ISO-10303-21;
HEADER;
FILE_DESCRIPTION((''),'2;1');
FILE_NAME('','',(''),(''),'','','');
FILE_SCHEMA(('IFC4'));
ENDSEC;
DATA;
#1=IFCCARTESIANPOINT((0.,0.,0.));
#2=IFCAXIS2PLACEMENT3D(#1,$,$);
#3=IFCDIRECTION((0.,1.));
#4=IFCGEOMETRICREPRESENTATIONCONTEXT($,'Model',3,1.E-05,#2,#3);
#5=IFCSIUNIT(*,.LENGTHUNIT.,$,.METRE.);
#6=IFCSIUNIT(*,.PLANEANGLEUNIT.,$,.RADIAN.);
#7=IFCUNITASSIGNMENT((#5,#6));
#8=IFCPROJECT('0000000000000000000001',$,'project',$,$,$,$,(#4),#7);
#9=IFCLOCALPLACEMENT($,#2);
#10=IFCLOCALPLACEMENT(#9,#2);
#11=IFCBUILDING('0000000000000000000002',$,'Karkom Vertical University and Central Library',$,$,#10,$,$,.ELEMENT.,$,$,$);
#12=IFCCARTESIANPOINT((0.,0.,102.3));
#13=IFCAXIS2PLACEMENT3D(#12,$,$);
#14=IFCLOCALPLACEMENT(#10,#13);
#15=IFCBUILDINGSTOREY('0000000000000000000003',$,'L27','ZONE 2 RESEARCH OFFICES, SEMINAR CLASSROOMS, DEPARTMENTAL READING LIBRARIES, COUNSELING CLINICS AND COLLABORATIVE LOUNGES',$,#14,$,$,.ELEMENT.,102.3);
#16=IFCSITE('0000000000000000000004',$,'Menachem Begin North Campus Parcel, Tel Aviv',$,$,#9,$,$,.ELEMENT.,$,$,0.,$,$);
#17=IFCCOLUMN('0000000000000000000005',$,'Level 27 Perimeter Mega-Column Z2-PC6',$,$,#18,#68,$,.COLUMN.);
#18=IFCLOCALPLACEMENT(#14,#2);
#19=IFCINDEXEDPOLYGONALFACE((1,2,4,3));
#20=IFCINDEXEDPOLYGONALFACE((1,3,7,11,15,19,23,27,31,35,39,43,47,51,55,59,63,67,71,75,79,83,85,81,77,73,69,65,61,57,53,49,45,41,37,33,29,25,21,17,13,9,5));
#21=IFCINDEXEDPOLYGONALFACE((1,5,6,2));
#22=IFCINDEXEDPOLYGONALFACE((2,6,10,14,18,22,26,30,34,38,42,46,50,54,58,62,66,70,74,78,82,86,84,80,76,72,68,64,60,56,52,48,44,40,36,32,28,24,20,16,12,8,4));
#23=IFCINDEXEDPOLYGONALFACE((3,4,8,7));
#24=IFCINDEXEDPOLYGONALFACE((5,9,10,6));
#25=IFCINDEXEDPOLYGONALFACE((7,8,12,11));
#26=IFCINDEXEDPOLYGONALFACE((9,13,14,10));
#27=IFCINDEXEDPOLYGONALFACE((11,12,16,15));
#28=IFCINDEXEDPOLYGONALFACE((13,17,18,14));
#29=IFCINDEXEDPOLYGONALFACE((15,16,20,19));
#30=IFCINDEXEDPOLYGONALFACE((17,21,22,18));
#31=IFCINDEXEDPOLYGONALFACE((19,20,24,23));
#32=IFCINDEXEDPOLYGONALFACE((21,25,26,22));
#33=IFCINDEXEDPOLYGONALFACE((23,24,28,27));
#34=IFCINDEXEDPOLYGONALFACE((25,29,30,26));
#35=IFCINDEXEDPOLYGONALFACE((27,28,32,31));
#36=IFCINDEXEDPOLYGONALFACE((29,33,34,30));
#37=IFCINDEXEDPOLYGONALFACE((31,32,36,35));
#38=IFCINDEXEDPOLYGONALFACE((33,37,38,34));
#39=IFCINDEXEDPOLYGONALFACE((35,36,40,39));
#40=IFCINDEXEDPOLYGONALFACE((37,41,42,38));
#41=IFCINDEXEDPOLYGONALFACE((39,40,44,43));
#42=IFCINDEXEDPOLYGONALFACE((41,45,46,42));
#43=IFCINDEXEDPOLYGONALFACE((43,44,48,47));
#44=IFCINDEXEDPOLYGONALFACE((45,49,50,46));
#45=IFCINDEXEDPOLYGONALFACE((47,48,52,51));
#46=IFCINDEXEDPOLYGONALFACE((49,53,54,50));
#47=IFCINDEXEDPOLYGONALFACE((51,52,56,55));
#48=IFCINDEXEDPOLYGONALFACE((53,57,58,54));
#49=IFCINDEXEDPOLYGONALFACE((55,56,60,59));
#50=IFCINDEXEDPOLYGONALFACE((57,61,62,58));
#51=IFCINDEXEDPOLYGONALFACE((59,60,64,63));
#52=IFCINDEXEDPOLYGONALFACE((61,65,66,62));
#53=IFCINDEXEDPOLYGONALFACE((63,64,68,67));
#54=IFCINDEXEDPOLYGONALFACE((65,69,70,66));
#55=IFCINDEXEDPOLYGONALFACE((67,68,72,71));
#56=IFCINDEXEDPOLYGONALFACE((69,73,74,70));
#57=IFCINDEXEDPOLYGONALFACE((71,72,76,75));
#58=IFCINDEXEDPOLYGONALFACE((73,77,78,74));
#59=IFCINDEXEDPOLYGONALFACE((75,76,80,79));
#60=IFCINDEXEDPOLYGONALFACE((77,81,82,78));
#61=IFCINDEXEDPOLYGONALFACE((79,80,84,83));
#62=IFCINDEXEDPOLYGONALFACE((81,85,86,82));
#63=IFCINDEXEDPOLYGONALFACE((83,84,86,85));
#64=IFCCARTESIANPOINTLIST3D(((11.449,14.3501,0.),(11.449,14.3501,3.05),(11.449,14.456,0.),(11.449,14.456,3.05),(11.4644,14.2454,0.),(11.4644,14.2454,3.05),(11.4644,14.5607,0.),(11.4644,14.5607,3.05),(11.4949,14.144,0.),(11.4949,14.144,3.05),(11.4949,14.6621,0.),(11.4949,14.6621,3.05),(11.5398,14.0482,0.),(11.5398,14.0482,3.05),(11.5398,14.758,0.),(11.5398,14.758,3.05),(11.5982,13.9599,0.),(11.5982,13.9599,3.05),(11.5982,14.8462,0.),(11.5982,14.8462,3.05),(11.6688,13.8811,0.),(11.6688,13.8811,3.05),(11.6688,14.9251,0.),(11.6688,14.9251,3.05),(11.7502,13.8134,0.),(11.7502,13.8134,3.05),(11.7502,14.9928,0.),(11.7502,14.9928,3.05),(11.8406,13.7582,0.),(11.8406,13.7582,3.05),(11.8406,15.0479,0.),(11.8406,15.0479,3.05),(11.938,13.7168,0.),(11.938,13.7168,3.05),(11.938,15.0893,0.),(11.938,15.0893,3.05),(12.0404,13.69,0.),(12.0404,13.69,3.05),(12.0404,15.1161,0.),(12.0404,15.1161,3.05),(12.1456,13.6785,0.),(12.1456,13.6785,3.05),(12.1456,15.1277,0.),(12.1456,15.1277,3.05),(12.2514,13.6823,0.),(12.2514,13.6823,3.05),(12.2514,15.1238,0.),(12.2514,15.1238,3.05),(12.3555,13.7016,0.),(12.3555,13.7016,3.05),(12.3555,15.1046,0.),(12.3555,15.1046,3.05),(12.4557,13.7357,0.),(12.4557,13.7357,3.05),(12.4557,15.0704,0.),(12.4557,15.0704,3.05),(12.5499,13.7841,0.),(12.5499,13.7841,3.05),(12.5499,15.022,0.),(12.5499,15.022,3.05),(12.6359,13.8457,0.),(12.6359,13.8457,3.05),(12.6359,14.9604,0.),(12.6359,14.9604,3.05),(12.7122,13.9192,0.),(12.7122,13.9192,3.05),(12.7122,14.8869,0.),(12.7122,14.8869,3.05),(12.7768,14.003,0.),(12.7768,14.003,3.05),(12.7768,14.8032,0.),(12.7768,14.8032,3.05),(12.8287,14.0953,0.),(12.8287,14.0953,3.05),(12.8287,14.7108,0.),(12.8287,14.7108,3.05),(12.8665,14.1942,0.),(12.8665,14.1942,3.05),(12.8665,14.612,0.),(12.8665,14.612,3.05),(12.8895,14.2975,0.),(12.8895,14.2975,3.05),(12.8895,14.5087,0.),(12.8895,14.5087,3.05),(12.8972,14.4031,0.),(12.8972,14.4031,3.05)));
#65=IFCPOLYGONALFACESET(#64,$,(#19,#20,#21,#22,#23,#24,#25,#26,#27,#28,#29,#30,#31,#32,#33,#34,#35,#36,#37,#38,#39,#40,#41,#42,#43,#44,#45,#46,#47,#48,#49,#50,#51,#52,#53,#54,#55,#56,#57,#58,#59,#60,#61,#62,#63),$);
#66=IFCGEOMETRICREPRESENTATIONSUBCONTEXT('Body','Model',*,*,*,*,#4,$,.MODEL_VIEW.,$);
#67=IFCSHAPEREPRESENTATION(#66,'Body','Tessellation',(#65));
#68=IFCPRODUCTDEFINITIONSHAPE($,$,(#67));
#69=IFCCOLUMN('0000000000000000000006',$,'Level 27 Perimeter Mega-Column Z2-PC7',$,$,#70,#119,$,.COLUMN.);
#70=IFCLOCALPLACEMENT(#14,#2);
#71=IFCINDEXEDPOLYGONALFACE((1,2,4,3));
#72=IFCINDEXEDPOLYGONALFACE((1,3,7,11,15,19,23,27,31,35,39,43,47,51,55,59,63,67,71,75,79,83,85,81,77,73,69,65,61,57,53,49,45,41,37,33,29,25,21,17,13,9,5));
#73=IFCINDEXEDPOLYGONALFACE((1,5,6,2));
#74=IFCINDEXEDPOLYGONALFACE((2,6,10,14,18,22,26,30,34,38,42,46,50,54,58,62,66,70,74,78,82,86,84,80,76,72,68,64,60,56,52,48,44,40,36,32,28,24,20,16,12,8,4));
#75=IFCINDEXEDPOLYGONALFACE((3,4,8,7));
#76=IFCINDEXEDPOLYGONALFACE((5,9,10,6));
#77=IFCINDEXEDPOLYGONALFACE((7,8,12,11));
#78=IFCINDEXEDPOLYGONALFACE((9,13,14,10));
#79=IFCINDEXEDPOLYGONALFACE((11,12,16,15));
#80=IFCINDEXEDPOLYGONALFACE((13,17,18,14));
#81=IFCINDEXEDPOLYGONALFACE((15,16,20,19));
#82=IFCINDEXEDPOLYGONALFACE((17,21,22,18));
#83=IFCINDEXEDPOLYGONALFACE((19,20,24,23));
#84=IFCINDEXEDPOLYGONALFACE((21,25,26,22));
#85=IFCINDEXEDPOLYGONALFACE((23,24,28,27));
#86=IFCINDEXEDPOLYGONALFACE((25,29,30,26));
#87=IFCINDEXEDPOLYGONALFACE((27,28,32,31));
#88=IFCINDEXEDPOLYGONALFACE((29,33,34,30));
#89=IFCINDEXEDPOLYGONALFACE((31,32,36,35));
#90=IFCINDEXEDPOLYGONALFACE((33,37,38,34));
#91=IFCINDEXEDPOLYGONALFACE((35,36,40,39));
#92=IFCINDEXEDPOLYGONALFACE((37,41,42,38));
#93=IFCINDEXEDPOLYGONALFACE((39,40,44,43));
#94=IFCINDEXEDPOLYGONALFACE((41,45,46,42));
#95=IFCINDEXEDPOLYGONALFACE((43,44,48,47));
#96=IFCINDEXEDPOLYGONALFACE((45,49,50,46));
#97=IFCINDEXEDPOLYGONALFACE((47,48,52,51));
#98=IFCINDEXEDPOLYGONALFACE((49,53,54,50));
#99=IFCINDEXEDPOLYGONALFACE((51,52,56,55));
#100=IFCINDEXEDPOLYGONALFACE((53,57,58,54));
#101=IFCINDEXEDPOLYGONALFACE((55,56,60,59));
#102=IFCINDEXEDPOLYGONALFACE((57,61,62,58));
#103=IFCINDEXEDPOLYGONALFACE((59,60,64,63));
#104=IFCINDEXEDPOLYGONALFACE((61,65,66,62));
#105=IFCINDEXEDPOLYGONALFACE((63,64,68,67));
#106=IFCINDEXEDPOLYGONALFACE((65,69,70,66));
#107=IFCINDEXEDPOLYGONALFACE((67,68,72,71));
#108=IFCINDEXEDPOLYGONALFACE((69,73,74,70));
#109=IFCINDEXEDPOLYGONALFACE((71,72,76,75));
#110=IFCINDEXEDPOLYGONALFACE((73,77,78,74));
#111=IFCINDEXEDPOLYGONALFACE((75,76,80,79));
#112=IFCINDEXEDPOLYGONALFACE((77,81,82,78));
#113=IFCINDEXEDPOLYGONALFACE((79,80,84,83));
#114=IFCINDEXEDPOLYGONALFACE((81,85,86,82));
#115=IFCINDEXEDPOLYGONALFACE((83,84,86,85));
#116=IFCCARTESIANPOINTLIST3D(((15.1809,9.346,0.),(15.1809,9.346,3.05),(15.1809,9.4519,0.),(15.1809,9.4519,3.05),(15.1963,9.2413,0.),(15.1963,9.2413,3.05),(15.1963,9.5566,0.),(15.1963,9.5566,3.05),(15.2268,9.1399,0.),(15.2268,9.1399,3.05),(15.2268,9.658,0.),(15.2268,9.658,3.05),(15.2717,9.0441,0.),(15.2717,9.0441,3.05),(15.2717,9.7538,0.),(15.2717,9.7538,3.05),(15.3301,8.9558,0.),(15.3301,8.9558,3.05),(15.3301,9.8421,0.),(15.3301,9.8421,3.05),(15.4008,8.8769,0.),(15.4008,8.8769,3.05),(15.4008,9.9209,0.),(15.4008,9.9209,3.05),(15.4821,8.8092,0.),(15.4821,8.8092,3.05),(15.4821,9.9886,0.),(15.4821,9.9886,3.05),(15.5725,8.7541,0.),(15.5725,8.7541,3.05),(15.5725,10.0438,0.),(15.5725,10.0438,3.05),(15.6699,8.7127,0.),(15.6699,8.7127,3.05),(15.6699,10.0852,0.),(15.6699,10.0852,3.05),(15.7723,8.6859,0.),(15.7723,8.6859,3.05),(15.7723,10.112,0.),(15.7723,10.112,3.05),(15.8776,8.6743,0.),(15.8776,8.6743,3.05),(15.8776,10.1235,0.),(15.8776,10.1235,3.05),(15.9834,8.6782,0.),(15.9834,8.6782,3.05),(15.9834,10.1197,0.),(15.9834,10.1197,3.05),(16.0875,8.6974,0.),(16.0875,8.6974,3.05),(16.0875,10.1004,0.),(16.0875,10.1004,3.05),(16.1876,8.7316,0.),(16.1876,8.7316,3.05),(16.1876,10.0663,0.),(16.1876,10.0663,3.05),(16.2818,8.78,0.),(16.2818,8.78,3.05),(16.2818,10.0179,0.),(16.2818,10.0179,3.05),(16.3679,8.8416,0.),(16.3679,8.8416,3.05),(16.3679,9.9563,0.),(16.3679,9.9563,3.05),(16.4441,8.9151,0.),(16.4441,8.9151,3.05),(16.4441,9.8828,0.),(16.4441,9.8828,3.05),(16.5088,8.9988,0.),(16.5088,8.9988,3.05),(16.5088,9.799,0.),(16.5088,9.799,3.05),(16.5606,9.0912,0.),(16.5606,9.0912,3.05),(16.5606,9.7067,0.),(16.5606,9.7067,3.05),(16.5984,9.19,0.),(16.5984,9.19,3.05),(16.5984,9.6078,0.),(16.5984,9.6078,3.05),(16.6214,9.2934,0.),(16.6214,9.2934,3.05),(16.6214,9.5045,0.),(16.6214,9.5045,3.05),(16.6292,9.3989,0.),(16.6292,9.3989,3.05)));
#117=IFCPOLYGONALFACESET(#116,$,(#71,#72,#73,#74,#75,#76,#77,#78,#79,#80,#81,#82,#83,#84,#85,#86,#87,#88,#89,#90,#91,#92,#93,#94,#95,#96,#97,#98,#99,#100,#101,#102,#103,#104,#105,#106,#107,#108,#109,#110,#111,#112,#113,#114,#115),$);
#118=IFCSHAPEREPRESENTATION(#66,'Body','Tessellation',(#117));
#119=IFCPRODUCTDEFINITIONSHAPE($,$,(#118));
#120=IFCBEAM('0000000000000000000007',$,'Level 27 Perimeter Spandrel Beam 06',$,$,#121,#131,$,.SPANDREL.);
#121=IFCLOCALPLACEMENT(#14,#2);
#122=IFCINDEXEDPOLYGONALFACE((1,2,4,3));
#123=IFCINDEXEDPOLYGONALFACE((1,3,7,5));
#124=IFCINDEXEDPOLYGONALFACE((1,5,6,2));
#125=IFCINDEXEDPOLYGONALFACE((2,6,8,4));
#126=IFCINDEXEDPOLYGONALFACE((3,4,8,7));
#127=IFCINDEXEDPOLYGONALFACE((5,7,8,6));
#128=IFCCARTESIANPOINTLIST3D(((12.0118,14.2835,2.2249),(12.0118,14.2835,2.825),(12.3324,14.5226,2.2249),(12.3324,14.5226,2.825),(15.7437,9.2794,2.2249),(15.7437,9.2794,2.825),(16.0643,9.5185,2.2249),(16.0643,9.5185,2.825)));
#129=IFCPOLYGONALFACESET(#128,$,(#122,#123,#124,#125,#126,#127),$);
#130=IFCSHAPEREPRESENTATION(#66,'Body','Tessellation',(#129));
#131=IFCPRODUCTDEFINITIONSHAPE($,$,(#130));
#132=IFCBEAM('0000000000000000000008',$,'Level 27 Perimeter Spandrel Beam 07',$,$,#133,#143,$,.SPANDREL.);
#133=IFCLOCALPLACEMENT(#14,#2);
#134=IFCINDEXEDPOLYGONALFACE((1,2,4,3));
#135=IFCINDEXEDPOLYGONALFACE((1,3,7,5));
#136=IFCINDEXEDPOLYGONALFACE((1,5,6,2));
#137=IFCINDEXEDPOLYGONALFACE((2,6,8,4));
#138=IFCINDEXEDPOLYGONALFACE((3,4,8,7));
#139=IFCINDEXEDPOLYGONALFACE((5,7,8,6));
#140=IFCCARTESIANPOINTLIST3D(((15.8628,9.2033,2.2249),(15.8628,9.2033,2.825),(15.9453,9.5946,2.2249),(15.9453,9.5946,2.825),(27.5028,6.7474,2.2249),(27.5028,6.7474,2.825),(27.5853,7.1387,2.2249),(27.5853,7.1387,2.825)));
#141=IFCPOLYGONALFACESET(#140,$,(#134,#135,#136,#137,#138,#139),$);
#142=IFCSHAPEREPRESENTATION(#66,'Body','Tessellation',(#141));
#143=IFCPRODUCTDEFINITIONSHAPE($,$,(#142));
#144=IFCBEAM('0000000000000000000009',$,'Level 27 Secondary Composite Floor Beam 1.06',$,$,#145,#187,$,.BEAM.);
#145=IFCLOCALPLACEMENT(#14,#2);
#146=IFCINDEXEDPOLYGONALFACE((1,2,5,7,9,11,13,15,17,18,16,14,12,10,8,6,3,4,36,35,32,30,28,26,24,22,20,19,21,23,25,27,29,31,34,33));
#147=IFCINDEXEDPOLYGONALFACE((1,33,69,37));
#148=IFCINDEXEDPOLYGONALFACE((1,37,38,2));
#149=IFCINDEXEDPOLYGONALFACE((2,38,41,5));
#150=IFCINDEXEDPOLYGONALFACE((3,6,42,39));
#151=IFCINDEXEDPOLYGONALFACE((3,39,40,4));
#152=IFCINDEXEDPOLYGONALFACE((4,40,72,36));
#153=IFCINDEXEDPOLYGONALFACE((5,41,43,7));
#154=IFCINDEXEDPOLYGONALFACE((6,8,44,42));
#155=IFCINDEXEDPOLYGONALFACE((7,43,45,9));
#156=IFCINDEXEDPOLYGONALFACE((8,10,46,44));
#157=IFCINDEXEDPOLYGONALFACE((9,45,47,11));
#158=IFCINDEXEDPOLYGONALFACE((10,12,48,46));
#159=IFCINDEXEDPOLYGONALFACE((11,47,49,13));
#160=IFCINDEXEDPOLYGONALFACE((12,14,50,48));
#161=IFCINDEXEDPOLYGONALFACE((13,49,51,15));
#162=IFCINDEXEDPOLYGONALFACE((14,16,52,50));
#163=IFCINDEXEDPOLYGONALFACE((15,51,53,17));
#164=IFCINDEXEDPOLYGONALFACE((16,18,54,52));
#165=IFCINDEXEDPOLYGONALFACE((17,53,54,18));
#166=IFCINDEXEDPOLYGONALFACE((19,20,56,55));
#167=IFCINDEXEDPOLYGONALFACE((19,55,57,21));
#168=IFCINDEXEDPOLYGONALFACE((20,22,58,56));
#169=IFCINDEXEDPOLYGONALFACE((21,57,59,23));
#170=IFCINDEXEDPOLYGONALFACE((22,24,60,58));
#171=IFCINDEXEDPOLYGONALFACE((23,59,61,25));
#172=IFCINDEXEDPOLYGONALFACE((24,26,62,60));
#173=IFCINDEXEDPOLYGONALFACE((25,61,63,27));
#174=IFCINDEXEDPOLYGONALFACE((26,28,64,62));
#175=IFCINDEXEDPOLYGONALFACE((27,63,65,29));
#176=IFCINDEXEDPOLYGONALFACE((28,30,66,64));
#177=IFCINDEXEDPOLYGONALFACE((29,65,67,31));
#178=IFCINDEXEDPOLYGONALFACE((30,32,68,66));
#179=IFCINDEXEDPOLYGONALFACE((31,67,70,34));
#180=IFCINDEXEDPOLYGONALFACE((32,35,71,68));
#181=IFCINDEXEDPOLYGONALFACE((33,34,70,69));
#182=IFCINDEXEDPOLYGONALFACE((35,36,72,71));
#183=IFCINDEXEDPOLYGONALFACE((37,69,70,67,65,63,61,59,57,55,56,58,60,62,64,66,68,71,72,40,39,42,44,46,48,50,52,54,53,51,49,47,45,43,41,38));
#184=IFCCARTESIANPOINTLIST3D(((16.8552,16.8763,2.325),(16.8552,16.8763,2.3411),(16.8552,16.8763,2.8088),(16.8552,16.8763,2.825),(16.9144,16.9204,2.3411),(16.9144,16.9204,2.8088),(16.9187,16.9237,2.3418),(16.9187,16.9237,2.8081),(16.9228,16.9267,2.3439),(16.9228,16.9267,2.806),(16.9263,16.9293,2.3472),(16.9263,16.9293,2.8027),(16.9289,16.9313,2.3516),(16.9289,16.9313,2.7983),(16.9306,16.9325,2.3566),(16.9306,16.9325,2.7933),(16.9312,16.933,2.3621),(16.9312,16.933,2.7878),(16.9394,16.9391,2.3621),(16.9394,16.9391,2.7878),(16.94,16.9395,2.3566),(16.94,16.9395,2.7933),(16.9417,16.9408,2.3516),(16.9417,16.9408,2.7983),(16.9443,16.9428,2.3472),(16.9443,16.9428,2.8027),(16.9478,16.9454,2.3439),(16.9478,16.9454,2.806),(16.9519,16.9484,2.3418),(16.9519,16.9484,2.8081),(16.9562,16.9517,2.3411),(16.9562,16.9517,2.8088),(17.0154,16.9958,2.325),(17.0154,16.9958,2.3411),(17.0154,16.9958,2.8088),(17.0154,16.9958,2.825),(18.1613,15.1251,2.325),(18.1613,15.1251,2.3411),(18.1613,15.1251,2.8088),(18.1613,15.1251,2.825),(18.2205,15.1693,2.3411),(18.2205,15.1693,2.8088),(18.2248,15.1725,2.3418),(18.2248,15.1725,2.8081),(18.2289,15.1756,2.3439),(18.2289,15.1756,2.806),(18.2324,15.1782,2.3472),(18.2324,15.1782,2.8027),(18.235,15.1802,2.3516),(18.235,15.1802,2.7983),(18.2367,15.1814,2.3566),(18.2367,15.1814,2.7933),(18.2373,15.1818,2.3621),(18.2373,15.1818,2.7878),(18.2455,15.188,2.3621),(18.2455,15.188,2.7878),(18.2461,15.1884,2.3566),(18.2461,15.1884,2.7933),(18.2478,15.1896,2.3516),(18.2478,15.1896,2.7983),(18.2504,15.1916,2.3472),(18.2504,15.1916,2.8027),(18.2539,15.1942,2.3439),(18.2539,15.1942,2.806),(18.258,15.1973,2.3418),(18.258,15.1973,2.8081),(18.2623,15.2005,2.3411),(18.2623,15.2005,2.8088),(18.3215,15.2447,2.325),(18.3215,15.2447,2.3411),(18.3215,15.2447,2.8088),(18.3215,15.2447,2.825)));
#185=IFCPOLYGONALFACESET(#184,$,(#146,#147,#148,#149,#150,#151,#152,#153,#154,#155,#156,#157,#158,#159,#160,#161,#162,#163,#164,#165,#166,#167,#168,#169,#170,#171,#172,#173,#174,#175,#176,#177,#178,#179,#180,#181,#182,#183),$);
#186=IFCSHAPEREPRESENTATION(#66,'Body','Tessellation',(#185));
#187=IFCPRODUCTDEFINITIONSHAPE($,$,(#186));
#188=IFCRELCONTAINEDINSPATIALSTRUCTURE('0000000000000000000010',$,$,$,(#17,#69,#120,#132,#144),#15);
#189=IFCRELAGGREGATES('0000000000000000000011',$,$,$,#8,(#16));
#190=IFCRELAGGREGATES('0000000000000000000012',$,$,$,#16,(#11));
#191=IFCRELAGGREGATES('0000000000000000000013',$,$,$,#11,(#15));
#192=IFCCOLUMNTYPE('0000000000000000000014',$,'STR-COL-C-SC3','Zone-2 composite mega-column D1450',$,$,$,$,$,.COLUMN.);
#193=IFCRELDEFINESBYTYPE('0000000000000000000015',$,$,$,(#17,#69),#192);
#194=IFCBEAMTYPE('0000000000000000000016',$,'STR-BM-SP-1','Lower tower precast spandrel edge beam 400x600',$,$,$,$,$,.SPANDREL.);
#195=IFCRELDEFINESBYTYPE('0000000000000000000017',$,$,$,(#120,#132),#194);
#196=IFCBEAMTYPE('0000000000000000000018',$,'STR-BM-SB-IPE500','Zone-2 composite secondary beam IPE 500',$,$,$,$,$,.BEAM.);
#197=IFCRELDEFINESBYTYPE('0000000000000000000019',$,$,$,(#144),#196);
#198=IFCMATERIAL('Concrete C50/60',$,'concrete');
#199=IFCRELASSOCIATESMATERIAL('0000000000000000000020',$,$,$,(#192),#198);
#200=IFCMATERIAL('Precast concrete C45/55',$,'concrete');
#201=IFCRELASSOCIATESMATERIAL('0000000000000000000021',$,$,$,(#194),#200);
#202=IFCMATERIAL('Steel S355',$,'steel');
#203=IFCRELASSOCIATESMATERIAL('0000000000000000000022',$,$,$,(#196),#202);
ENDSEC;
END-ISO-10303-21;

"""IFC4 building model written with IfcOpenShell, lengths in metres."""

from ifc_helpers import new_model, si_unit, direction, frame, origin, origin_with_axes, origin_2d, place, context, subcontext, project, spatial, rectangle, circle, i_section, extrude, source, transform, mapped, material, material_profile, profile_set, type_object, element, save


model = new_model("IFC4")

# Units and contexts
model_context = context("Model", 3, precision=1e-05, world=origin(), true_north=direction((0.0, 1.0)))
body_context = subcontext(model_context, "Body", "Model", "MODEL_VIEW")
ifc_project = project(units=[si_unit("LENGTHUNIT", "METRE"), si_unit("PLANEANGLEUNIT", "RADIAN")], contexts=[model_context])

# Site, building, storey
site_placement = place(None, origin())
site = spatial("IfcSite", under=ifc_project, at=site_placement, Name="Menachem Begin North Campus Parcel, Tel Aviv", CompositionType="ELEMENT", RefElevation=0.0)
building_placement = place(site_placement, origin())
building = spatial("IfcBuilding", under=site, at=building_placement, Name="Karkom Vertical University and Central Library", CompositionType="ELEMENT")
storey_placement = place(building_placement, frame((0.0, 0.0, 102.3)))
storey = spatial("IfcBuildingStorey", under=building, at=storey_placement, Name="L27", Description="ZONE 2 RESEARCH OFFICES, SEMINAR CLASSROOMS, DEPARTMENTAL READING LIBRARIES, COUNSELING CLINICS AND COLLABORATIVE LOUNGES", CompositionType="ELEMENT", Elevation=102.3)

# Columns
ifc_material_1 = material(Name="Concrete C50/60", Category="concrete")
ifc_material_profile_1 = material_profile(ifc_material_1, circle(Radius=0.7251, at=origin_2d()), Name="CFT-D1450")
ifc_profile_set_1 = profile_set([ifc_material_profile_1], Name="Concrete C50/60")
column_type = type_object("IfcColumnType", Name="STR-COL-C-SC3", Description="Zone-2 composite mega-column D1450", PredefinedType="COLUMN", material=ifc_profile_set_1)
shared_shape_1 = source(origin_with_axes(), body_context, "Body", "SweptSolid", [
    extrude(circle(Radius=0.7251, at=origin_2d()), origin(), (0.0, 0.0, 1.0), 3.05),
])
for number, where, z_axis, x_axis, name in (
    (1, (12.1721, 14.4031, 0.0), (0.0, 0.0, 1.0), (1.0, 0.0, 0.0), "Level 27 Perimeter Mega-Column Z2-PC6"),
    (2, (15.9041, 9.3989, 0.0), (0.0, 0.0, 1.0), (1.0, 0.0, 0.0), "Level 27 Perimeter Mega-Column Z2-PC7"),
):
    element("IfcColumn", number, at=place(storey_placement, frame(where, z_axis=z_axis, x_axis=x_axis)), inside=storey, type_object=column_type, Name=name, PredefinedType="COLUMN", context=body_context, shape_type="MappedRepresentation", body=[
        mapped(shared_shape_1, transform((0.0, 0.0, 0.0), scale=1.0)),
    ])

# Beams
ifc_material_2 = material(Name="Precast concrete C45/55", Category="concrete")
ifc_material_profile_2 = material_profile(ifc_material_2, rectangle(XDim=0.3999, YDim=0.6001, at=origin_2d()), Name="SPB-400x600")
ifc_profile_set_2 = profile_set([ifc_material_profile_2], Name="Precast concrete C45/55")
beam_type_1 = type_object("IfcBeamType", Name="STR-BM-SP-1", Description="Lower tower precast spandrel edge beam 400x600", PredefinedType="SPANDREL", material=ifc_profile_set_2)
shared_shape_2 = source(origin_with_axes(), body_context, "Body", "SweptSolid", [
    extrude(rectangle(XDim=0.3999, YDim=0.6001, at=origin_2d()), origin(), (0.0, 0.0, 1.0), 6.2424),
])
beam_1_placement = place(storey_placement, frame((12.1721, 14.4031, 2.5249), z_axis=(0.597826, -0.801626, 0.0), x_axis=(0.801626, 0.597826, 0.0)))
element("IfcBeam", 3, at=beam_1_placement, inside=storey, type_object=beam_type_1, Name="Level 27 Perimeter Spandrel Beam 06", PredefinedType="SPANDREL", context=body_context, shape_type="MappedRepresentation", body=[
    mapped(shared_shape_2, transform((0.0, 0.0, 0.0), scale=1.0)),
])
shared_shape_3 = source(origin_with_axes(), body_context, "Body", "SweptSolid", [
    extrude(rectangle(XDim=0.3999, YDim=0.6001, at=origin_2d()), origin(), (0.0, 0.0, 1.0), 11.8962),
])
beam_2_placement = place(storey_placement, frame((15.9041, 9.3989, 2.5249), z_axis=(0.97846, -0.206438, 0.0), x_axis=(0.206438, 0.97846, 0.0)))
element("IfcBeam", 4, at=beam_2_placement, inside=storey, type_object=beam_type_1, Name="Level 27 Perimeter Spandrel Beam 07", PredefinedType="SPANDREL", context=body_context, shape_type="MappedRepresentation", body=[
    mapped(shared_shape_3, transform((0.0, 0.0, 0.0), scale=1.0)),
])
ifc_material_3 = material(Name="Steel S355", Category="steel")
ifc_material_profile_3 = material_profile(ifc_material_3, i_section(OverallWidth=0.2, OverallDepth=0.5, WebThickness=0.0103, FlangeThickness=0.0161, FilletRadius=0.021, at=origin_2d()), Name="IPE 500")
ifc_profile_set_3 = profile_set([ifc_material_profile_3], Name="Steel S355")
beam_type_2 = type_object("IfcBeamType", Name="STR-BM-SB-IPE500", Description="Zone-2 composite secondary beam IPE 500", PredefinedType="BEAM", material=ifc_profile_set_3)
shared_shape_4 = source(origin_with_axes(), body_context, "Body", "SweptSolid", [
    extrude(i_section(OverallWidth=0.2, OverallDepth=0.5, WebThickness=0.0103, FlangeThickness=0.0161, FilletRadius=0.021, at=origin_2d()), origin(), (0.0, 0.0, 1.0), 2.1846),
])
beam_3_placement = place(storey_placement, frame((16.9353, 16.936, 2.575), z_axis=(0.59787, -0.801593, 0.0), x_axis=(0.801593, 0.59787, 0.0)))
element("IfcBeam", 5, at=beam_3_placement, inside=storey, type_object=beam_type_2, Name="Level 27 Secondary Composite Floor Beam 1.06", PredefinedType="BEAM", context=body_context, shape_type="MappedRepresentation", body=[
    mapped(shared_shape_4, transform((0.0, 0.0, 0.0), scale=1.0)),
])

save(model, "model.ifc")
